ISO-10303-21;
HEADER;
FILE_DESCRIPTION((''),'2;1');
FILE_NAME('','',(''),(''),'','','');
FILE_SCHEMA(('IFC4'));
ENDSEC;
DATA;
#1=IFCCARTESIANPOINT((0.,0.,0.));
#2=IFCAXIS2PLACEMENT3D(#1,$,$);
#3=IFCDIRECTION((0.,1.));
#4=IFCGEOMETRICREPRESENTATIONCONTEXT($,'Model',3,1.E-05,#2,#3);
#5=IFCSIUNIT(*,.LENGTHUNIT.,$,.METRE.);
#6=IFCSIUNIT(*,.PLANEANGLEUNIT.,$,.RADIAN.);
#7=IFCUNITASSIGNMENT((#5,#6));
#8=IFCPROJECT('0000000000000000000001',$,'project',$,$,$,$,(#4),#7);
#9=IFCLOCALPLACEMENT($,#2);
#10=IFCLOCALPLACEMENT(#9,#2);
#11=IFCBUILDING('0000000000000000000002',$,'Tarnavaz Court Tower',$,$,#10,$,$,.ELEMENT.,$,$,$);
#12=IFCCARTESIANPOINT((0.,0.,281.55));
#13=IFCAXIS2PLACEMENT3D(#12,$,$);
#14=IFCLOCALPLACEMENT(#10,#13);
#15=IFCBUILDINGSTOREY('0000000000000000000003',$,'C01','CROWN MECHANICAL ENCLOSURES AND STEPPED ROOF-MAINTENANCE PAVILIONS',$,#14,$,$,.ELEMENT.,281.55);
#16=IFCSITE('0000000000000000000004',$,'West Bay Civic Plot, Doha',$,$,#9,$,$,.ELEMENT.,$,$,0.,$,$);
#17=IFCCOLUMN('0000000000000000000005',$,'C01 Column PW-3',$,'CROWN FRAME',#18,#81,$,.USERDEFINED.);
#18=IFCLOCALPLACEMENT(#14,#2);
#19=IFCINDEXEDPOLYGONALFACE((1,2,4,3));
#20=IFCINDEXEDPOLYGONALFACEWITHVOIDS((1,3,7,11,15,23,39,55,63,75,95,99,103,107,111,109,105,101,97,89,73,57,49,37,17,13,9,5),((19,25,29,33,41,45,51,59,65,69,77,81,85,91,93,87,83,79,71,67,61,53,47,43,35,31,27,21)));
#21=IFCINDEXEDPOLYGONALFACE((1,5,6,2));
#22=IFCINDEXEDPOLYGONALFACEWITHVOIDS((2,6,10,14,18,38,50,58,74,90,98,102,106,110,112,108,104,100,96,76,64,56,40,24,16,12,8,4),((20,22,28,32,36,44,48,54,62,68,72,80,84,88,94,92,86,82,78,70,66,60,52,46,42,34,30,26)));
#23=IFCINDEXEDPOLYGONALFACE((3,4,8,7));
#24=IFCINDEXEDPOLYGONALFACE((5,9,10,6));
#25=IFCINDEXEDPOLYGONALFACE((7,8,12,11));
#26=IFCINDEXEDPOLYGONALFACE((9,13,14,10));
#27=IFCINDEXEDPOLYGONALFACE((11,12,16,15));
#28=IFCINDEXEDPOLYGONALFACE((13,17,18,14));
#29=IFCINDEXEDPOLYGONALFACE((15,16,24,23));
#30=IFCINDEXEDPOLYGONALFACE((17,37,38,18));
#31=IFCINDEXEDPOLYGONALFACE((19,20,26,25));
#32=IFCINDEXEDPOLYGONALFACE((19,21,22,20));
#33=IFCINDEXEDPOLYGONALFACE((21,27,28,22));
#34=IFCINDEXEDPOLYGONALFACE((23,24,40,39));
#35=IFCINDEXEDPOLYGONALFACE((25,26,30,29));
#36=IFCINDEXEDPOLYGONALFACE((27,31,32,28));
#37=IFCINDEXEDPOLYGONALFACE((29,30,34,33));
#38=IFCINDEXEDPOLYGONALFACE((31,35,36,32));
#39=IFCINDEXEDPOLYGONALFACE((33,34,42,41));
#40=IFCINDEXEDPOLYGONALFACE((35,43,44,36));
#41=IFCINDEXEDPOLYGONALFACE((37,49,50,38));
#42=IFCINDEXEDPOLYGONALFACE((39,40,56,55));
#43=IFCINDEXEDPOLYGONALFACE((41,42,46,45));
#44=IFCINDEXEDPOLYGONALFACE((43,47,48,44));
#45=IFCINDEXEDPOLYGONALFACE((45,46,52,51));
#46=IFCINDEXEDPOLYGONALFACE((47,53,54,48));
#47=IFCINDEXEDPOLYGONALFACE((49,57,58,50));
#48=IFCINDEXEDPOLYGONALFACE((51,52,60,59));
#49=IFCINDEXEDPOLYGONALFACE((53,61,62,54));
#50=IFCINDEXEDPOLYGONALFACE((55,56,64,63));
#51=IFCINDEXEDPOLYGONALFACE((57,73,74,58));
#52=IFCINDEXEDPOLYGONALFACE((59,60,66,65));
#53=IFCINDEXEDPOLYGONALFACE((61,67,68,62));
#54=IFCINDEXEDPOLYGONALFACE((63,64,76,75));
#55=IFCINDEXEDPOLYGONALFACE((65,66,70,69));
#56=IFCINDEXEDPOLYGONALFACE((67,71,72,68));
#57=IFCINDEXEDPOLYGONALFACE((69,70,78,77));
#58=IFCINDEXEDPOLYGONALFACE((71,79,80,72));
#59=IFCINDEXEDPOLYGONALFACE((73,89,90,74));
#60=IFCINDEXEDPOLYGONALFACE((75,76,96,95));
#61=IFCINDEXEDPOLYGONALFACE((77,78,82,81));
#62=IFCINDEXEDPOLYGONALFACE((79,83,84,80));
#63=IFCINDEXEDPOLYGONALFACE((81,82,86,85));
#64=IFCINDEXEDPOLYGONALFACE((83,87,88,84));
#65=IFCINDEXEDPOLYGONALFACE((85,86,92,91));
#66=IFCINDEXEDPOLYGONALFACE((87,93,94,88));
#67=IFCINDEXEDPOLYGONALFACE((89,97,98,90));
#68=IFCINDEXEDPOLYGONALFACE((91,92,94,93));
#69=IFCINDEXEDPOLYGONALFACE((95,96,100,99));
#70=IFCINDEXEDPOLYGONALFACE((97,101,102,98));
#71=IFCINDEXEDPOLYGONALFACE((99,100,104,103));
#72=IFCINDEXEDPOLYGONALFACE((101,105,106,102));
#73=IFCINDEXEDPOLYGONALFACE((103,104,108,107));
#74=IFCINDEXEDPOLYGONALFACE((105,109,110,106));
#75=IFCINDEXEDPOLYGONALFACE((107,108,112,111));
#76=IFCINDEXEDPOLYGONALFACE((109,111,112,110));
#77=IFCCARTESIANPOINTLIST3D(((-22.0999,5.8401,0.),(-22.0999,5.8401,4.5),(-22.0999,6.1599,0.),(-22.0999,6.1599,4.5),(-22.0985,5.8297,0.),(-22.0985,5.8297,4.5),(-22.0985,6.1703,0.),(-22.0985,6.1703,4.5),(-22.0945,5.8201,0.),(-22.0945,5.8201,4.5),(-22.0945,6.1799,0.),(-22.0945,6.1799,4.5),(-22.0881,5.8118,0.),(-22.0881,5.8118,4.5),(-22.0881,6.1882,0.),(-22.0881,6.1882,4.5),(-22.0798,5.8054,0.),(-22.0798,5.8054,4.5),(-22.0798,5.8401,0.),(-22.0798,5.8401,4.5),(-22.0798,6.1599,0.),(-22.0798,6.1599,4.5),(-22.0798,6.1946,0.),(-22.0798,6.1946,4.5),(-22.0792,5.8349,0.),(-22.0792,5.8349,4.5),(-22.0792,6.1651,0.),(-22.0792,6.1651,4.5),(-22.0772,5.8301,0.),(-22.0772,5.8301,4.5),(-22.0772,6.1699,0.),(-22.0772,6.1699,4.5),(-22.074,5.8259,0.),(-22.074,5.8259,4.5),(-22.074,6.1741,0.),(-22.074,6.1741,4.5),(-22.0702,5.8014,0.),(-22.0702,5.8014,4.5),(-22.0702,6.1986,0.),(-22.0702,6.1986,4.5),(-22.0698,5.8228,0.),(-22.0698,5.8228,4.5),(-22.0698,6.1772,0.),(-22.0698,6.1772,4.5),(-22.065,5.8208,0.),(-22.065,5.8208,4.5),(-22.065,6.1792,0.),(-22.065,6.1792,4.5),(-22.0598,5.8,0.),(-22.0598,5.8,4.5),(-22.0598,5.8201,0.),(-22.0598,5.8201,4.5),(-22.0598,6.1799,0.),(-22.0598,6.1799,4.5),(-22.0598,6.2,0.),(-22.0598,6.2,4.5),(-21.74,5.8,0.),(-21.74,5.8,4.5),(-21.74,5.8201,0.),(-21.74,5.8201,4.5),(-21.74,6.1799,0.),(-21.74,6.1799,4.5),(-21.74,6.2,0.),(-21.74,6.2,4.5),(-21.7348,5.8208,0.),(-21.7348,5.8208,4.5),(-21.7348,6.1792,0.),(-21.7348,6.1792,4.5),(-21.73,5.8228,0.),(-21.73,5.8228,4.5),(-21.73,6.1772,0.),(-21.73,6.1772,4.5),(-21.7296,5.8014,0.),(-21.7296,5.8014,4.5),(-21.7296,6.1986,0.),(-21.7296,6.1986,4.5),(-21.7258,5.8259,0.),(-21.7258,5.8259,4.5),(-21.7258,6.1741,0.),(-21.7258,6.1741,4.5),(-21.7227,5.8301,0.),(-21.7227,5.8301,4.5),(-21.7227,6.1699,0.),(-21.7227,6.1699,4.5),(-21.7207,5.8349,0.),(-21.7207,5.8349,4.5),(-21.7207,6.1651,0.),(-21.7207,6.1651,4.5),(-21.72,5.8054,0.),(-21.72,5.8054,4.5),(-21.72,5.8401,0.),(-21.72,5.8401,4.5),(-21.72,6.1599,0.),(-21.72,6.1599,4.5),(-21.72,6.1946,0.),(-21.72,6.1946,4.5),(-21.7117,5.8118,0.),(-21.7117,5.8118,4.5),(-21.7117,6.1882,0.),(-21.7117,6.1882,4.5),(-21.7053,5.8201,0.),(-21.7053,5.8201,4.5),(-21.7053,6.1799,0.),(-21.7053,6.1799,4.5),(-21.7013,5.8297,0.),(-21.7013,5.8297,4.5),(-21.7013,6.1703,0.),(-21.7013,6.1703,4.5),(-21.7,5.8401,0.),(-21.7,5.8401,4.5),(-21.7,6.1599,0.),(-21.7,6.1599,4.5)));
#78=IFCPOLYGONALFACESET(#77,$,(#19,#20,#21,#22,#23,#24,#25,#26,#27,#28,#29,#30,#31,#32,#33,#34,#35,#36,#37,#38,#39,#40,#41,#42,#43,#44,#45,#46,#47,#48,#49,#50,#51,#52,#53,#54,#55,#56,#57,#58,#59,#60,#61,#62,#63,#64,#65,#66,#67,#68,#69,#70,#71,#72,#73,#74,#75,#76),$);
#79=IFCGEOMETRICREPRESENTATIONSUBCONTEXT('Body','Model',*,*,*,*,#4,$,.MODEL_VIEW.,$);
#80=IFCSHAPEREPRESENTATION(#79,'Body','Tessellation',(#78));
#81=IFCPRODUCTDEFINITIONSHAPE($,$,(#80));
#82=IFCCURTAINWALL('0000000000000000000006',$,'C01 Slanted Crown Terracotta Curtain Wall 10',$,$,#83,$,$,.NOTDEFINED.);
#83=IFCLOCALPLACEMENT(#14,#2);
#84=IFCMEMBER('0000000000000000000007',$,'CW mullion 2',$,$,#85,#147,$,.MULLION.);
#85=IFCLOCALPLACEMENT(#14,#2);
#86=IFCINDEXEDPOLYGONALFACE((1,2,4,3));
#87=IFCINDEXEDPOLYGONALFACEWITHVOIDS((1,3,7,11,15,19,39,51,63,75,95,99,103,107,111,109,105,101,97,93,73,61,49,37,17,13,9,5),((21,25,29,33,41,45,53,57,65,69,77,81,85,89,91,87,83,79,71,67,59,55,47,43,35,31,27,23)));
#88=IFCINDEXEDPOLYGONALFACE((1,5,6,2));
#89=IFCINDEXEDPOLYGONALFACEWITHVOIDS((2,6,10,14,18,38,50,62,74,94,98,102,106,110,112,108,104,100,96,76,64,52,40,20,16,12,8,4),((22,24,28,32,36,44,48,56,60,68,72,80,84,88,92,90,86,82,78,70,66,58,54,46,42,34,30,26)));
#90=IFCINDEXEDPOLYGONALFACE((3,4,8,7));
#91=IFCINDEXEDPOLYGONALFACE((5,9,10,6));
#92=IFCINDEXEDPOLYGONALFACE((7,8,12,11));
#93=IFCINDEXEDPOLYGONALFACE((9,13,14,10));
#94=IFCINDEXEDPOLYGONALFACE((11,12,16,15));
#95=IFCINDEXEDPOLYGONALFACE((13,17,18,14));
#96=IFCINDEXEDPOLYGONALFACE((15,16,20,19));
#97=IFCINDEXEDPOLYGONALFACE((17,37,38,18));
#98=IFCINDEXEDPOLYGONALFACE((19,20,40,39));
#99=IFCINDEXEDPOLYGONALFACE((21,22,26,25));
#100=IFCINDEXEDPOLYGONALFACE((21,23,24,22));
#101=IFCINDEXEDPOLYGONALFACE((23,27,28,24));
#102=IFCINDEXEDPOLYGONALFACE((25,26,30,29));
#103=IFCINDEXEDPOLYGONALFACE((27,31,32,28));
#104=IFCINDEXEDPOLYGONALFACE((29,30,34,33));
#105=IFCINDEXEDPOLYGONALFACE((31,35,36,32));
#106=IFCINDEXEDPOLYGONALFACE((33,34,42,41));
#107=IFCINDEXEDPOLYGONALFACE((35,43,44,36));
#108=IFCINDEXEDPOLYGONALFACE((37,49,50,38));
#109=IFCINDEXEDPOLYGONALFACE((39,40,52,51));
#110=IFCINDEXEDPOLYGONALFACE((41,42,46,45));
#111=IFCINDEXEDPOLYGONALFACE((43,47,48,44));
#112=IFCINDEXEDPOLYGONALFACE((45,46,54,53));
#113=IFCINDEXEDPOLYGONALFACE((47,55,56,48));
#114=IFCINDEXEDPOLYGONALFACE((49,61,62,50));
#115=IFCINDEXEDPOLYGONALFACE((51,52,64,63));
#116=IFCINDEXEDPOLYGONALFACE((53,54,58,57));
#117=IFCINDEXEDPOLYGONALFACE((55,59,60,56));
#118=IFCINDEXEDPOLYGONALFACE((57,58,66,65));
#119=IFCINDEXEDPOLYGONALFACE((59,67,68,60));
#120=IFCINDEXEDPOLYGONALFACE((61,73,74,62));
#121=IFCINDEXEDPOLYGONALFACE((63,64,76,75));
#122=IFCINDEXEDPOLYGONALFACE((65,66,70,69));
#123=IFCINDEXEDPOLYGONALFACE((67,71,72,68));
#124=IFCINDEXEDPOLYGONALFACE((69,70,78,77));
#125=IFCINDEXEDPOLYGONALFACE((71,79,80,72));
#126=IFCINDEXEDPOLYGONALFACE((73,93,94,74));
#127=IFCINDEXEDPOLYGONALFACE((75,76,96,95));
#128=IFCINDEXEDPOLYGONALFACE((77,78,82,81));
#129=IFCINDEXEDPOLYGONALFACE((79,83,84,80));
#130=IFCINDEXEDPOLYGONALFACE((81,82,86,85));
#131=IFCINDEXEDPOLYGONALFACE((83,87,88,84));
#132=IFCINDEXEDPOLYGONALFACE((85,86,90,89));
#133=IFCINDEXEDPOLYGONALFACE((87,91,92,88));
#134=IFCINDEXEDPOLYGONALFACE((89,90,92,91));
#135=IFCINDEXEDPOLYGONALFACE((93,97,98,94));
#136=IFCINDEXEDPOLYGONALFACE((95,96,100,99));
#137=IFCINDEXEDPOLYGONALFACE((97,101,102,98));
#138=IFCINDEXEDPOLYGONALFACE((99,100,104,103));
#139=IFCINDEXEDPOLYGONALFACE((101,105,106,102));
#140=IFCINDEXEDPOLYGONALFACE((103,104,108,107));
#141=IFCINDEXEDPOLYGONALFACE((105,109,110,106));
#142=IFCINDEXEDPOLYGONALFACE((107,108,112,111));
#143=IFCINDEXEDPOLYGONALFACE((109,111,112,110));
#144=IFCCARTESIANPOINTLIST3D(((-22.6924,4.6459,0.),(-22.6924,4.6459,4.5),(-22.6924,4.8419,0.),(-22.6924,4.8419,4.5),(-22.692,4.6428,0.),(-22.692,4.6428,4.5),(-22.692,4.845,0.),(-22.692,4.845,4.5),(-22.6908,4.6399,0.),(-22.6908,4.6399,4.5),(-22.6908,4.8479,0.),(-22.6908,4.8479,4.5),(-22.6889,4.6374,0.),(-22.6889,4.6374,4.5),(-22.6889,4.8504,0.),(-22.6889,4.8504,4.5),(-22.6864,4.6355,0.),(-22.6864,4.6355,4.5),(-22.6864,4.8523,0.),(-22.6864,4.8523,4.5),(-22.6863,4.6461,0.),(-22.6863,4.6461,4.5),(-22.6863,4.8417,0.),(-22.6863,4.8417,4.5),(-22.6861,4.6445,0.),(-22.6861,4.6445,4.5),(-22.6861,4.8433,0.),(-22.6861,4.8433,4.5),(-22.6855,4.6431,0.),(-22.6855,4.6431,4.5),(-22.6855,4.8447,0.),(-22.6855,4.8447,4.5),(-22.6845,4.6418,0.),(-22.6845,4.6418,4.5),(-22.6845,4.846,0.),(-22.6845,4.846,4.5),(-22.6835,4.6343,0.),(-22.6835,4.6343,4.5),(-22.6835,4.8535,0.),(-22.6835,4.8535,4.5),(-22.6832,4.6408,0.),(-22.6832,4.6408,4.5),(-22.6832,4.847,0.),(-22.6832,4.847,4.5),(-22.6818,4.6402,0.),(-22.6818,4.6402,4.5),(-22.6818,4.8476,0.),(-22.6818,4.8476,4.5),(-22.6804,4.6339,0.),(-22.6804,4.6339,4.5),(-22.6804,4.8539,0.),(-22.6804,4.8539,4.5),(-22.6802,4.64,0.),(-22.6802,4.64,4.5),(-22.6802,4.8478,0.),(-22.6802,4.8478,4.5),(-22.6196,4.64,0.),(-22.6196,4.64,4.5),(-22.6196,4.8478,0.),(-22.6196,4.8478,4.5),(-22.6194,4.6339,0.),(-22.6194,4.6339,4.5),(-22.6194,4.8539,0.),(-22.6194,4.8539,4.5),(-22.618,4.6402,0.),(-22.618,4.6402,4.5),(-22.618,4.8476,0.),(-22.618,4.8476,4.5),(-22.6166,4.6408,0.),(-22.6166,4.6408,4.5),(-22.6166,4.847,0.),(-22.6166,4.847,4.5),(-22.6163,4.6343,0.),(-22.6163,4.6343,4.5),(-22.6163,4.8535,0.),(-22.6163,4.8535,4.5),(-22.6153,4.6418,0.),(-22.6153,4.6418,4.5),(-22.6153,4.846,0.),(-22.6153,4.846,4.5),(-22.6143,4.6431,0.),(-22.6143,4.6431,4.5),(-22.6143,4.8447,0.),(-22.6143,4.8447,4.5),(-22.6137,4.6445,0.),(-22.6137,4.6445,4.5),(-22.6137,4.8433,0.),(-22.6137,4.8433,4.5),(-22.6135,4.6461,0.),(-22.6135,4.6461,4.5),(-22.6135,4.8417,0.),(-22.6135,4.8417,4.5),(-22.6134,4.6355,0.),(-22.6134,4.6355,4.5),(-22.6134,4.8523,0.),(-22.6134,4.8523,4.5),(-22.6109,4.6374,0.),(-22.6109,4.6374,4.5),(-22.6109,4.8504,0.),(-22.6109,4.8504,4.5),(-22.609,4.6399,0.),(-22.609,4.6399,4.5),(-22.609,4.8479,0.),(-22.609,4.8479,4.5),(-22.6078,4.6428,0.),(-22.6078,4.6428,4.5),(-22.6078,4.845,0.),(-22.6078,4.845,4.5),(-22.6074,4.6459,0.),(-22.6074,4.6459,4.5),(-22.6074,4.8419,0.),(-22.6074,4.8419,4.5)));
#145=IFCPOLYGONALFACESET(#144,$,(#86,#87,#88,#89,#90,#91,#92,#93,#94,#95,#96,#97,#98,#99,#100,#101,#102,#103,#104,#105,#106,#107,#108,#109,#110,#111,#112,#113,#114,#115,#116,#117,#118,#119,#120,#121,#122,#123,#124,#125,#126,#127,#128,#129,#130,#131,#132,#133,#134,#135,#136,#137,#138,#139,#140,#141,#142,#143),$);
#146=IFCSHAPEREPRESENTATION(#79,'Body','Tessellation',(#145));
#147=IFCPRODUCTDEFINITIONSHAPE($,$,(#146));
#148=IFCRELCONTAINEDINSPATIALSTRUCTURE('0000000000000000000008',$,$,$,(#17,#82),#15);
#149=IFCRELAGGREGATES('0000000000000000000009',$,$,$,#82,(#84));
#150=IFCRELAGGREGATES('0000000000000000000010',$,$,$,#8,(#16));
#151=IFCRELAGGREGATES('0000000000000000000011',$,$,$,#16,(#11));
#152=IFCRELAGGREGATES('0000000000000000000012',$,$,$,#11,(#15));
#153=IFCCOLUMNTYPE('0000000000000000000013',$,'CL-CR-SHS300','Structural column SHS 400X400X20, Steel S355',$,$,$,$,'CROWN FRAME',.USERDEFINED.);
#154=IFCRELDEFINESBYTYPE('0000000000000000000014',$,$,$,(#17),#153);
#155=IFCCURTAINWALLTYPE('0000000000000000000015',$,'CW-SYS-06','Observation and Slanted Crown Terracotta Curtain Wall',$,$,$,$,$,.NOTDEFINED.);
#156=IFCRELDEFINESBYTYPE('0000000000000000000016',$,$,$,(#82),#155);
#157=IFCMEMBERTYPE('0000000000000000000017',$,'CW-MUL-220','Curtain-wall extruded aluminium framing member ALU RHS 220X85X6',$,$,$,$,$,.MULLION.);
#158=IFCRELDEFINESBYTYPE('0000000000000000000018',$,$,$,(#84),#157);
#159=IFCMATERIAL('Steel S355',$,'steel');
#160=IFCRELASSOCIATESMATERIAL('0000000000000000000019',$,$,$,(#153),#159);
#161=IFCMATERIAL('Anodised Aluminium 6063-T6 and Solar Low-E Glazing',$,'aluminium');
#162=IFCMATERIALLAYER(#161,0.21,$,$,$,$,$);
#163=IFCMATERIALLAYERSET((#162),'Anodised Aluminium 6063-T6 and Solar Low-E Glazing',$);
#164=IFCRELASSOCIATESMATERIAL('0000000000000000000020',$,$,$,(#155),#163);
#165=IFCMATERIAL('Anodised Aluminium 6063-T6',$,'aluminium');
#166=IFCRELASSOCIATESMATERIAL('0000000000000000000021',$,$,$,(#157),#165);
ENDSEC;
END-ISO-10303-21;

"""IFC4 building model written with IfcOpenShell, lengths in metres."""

from ifc_helpers import new_model, si_unit, direction, frame, origin, origin_2d, place, context, subcontext, project, spatial, hollow_rectangle, extrude, material, layer, layer_set, material_profile, profile_set, type_object, element, aggregate, save


model = new_model("IFC4")

# Units and contexts
model_context = context("Model", 3, precision=1e-05, world=origin(), true_north=direction((0.0, 1.0)))
body_context = subcontext(model_context, "Body", "Model", "MODEL_VIEW")
ifc_project = project(units=[si_unit("LENGTHUNIT", "METRE"), si_unit("PLANEANGLEUNIT", "RADIAN")], contexts=[model_context])

# Site, building, storey
site_placement = place(None, origin())
site = spatial("IfcSite", under=ifc_project, at=site_placement, Name="West Bay Civic Plot, Doha", CompositionType="ELEMENT", RefElevation=0.0)
building_placement = place(site_placement, origin())
building = spatial("IfcBuilding", under=site, at=building_placement, Name="Tarnavaz Court Tower", CompositionType="ELEMENT")
storey_placement = place(building_placement, frame((0.0, 0.0, 281.55)))
storey = spatial("IfcBuildingStorey", under=building, at=storey_placement, Name="C01", Description="CROWN MECHANICAL ENCLOSURES AND STEPPED ROOF-MAINTENANCE PAVILIONS", CompositionType="ELEMENT", Elevation=281.55)

# Column
ifc_material_1 = material(Name="Steel S355", Category="steel")
ifc_material_profile_1 = material_profile(ifc_material_1, hollow_rectangle(XDim=0.3999, YDim=0.3999, WallThickness=0.02, InnerFilletRadius=0.02, OuterFilletRadius=0.04, at=origin_2d()), Name="SHS 400X400X20")
ifc_profile_set_1 = profile_set([ifc_material_profile_1], Name="Steel S355")
column_type = type_object("IfcColumnType", Name="CL-CR-SHS300", Description="Structural column SHS 400X400X20, Steel S355", ElementType="CROWN FRAME", PredefinedType="USERDEFINED", material=ifc_profile_set_1)
column_placement = place(storey_placement, frame((-21.8999, 6.0, 0.0), z_axis=(0.0, 0.0, 1.0), x_axis=(1.0, 0.0, 0.0)))
element("IfcColumn", 1, at=column_placement, inside=storey, type_object=column_type, Name="C01 Column PW-3", ObjectType="CROWN FRAME", PredefinedType="USERDEFINED", context=body_context, shape_type="SweptSolid", body=[
    extrude(hollow_rectangle(XDim=0.3999, YDim=0.3999, WallThickness=0.02, InnerFilletRadius=0.02, OuterFilletRadius=0.04, at=origin_2d()), origin(), (0.0, 0.0, 1.0), 4.5),
])

# Curtain wall, member
ifc_material_2 = material(Name="Anodised Aluminium 6063-T6 and Solar Low-E Glazing", Category="aluminium")
ifc_layer_1 = layer(ifc_material_2, 0.21)
ifc_layer_set_1 = layer_set([ifc_layer_1], Name="Anodised Aluminium 6063-T6 and Solar Low-E Glazing")
curtain_wall_type = type_object("IfcCurtainWallType", Name="CW-SYS-06", Description="Observation and Slanted Crown Terracotta Curtain Wall", PredefinedType="NOTDEFINED", material=ifc_layer_set_1)
curtain_wall_1_placement = place(storey_placement, origin())
curtain_wall_1 = element("IfcCurtainWall", 2, at=curtain_wall_1_placement, inside=storey, type_object=curtain_wall_type, Name="C01 Slanted Crown Terracotta Curtain Wall 10", PredefinedType="NOTDEFINED")
ifc_material_3 = material(Name="Anodised Aluminium 6063-T6", Category="aluminium")
ifc_material_profile_2 = material_profile(ifc_material_3, hollow_rectangle(XDim=0.085, YDim=0.22, WallThickness=0.0061, InnerFilletRadius=0.0061, OuterFilletRadius=0.012, at=origin_2d()), Name="ALU RHS 220X85X6")
ifc_profile_set_2 = profile_set([ifc_material_profile_2], Name="Anodised Aluminium 6063-T6")
member_type_1 = type_object("IfcMemberType", Name="CW-MUL-220", Description="Curtain-wall extruded aluminium framing member ALU RHS 220X85X6", PredefinedType="MULLION", material=ifc_profile_set_2)
member_1_placement = place(storey_placement, frame((-22.6499, 4.7439, 0.0), z_axis=(0.0, 0.0, 1.0), x_axis=(-1.0, 0.0, 0.0)))
member_1 = element("IfcMember", 3, at=member_1_placement, type_object=member_type_1, Name="CW mullion 2", PredefinedType="MULLION", context=body_context, shape_type="SweptSolid", body=[
    extrude(hollow_rectangle(XDim=0.085, YDim=0.22, WallThickness=0.0061, InnerFilletRadius=0.0061, OuterFilletRadius=0.012, at=origin_2d()), origin(), (0.0, 0.0, 1.0), 4.5),
])

aggregate(curtain_wall_1, [member_1])

save(model, "model.ifc")
